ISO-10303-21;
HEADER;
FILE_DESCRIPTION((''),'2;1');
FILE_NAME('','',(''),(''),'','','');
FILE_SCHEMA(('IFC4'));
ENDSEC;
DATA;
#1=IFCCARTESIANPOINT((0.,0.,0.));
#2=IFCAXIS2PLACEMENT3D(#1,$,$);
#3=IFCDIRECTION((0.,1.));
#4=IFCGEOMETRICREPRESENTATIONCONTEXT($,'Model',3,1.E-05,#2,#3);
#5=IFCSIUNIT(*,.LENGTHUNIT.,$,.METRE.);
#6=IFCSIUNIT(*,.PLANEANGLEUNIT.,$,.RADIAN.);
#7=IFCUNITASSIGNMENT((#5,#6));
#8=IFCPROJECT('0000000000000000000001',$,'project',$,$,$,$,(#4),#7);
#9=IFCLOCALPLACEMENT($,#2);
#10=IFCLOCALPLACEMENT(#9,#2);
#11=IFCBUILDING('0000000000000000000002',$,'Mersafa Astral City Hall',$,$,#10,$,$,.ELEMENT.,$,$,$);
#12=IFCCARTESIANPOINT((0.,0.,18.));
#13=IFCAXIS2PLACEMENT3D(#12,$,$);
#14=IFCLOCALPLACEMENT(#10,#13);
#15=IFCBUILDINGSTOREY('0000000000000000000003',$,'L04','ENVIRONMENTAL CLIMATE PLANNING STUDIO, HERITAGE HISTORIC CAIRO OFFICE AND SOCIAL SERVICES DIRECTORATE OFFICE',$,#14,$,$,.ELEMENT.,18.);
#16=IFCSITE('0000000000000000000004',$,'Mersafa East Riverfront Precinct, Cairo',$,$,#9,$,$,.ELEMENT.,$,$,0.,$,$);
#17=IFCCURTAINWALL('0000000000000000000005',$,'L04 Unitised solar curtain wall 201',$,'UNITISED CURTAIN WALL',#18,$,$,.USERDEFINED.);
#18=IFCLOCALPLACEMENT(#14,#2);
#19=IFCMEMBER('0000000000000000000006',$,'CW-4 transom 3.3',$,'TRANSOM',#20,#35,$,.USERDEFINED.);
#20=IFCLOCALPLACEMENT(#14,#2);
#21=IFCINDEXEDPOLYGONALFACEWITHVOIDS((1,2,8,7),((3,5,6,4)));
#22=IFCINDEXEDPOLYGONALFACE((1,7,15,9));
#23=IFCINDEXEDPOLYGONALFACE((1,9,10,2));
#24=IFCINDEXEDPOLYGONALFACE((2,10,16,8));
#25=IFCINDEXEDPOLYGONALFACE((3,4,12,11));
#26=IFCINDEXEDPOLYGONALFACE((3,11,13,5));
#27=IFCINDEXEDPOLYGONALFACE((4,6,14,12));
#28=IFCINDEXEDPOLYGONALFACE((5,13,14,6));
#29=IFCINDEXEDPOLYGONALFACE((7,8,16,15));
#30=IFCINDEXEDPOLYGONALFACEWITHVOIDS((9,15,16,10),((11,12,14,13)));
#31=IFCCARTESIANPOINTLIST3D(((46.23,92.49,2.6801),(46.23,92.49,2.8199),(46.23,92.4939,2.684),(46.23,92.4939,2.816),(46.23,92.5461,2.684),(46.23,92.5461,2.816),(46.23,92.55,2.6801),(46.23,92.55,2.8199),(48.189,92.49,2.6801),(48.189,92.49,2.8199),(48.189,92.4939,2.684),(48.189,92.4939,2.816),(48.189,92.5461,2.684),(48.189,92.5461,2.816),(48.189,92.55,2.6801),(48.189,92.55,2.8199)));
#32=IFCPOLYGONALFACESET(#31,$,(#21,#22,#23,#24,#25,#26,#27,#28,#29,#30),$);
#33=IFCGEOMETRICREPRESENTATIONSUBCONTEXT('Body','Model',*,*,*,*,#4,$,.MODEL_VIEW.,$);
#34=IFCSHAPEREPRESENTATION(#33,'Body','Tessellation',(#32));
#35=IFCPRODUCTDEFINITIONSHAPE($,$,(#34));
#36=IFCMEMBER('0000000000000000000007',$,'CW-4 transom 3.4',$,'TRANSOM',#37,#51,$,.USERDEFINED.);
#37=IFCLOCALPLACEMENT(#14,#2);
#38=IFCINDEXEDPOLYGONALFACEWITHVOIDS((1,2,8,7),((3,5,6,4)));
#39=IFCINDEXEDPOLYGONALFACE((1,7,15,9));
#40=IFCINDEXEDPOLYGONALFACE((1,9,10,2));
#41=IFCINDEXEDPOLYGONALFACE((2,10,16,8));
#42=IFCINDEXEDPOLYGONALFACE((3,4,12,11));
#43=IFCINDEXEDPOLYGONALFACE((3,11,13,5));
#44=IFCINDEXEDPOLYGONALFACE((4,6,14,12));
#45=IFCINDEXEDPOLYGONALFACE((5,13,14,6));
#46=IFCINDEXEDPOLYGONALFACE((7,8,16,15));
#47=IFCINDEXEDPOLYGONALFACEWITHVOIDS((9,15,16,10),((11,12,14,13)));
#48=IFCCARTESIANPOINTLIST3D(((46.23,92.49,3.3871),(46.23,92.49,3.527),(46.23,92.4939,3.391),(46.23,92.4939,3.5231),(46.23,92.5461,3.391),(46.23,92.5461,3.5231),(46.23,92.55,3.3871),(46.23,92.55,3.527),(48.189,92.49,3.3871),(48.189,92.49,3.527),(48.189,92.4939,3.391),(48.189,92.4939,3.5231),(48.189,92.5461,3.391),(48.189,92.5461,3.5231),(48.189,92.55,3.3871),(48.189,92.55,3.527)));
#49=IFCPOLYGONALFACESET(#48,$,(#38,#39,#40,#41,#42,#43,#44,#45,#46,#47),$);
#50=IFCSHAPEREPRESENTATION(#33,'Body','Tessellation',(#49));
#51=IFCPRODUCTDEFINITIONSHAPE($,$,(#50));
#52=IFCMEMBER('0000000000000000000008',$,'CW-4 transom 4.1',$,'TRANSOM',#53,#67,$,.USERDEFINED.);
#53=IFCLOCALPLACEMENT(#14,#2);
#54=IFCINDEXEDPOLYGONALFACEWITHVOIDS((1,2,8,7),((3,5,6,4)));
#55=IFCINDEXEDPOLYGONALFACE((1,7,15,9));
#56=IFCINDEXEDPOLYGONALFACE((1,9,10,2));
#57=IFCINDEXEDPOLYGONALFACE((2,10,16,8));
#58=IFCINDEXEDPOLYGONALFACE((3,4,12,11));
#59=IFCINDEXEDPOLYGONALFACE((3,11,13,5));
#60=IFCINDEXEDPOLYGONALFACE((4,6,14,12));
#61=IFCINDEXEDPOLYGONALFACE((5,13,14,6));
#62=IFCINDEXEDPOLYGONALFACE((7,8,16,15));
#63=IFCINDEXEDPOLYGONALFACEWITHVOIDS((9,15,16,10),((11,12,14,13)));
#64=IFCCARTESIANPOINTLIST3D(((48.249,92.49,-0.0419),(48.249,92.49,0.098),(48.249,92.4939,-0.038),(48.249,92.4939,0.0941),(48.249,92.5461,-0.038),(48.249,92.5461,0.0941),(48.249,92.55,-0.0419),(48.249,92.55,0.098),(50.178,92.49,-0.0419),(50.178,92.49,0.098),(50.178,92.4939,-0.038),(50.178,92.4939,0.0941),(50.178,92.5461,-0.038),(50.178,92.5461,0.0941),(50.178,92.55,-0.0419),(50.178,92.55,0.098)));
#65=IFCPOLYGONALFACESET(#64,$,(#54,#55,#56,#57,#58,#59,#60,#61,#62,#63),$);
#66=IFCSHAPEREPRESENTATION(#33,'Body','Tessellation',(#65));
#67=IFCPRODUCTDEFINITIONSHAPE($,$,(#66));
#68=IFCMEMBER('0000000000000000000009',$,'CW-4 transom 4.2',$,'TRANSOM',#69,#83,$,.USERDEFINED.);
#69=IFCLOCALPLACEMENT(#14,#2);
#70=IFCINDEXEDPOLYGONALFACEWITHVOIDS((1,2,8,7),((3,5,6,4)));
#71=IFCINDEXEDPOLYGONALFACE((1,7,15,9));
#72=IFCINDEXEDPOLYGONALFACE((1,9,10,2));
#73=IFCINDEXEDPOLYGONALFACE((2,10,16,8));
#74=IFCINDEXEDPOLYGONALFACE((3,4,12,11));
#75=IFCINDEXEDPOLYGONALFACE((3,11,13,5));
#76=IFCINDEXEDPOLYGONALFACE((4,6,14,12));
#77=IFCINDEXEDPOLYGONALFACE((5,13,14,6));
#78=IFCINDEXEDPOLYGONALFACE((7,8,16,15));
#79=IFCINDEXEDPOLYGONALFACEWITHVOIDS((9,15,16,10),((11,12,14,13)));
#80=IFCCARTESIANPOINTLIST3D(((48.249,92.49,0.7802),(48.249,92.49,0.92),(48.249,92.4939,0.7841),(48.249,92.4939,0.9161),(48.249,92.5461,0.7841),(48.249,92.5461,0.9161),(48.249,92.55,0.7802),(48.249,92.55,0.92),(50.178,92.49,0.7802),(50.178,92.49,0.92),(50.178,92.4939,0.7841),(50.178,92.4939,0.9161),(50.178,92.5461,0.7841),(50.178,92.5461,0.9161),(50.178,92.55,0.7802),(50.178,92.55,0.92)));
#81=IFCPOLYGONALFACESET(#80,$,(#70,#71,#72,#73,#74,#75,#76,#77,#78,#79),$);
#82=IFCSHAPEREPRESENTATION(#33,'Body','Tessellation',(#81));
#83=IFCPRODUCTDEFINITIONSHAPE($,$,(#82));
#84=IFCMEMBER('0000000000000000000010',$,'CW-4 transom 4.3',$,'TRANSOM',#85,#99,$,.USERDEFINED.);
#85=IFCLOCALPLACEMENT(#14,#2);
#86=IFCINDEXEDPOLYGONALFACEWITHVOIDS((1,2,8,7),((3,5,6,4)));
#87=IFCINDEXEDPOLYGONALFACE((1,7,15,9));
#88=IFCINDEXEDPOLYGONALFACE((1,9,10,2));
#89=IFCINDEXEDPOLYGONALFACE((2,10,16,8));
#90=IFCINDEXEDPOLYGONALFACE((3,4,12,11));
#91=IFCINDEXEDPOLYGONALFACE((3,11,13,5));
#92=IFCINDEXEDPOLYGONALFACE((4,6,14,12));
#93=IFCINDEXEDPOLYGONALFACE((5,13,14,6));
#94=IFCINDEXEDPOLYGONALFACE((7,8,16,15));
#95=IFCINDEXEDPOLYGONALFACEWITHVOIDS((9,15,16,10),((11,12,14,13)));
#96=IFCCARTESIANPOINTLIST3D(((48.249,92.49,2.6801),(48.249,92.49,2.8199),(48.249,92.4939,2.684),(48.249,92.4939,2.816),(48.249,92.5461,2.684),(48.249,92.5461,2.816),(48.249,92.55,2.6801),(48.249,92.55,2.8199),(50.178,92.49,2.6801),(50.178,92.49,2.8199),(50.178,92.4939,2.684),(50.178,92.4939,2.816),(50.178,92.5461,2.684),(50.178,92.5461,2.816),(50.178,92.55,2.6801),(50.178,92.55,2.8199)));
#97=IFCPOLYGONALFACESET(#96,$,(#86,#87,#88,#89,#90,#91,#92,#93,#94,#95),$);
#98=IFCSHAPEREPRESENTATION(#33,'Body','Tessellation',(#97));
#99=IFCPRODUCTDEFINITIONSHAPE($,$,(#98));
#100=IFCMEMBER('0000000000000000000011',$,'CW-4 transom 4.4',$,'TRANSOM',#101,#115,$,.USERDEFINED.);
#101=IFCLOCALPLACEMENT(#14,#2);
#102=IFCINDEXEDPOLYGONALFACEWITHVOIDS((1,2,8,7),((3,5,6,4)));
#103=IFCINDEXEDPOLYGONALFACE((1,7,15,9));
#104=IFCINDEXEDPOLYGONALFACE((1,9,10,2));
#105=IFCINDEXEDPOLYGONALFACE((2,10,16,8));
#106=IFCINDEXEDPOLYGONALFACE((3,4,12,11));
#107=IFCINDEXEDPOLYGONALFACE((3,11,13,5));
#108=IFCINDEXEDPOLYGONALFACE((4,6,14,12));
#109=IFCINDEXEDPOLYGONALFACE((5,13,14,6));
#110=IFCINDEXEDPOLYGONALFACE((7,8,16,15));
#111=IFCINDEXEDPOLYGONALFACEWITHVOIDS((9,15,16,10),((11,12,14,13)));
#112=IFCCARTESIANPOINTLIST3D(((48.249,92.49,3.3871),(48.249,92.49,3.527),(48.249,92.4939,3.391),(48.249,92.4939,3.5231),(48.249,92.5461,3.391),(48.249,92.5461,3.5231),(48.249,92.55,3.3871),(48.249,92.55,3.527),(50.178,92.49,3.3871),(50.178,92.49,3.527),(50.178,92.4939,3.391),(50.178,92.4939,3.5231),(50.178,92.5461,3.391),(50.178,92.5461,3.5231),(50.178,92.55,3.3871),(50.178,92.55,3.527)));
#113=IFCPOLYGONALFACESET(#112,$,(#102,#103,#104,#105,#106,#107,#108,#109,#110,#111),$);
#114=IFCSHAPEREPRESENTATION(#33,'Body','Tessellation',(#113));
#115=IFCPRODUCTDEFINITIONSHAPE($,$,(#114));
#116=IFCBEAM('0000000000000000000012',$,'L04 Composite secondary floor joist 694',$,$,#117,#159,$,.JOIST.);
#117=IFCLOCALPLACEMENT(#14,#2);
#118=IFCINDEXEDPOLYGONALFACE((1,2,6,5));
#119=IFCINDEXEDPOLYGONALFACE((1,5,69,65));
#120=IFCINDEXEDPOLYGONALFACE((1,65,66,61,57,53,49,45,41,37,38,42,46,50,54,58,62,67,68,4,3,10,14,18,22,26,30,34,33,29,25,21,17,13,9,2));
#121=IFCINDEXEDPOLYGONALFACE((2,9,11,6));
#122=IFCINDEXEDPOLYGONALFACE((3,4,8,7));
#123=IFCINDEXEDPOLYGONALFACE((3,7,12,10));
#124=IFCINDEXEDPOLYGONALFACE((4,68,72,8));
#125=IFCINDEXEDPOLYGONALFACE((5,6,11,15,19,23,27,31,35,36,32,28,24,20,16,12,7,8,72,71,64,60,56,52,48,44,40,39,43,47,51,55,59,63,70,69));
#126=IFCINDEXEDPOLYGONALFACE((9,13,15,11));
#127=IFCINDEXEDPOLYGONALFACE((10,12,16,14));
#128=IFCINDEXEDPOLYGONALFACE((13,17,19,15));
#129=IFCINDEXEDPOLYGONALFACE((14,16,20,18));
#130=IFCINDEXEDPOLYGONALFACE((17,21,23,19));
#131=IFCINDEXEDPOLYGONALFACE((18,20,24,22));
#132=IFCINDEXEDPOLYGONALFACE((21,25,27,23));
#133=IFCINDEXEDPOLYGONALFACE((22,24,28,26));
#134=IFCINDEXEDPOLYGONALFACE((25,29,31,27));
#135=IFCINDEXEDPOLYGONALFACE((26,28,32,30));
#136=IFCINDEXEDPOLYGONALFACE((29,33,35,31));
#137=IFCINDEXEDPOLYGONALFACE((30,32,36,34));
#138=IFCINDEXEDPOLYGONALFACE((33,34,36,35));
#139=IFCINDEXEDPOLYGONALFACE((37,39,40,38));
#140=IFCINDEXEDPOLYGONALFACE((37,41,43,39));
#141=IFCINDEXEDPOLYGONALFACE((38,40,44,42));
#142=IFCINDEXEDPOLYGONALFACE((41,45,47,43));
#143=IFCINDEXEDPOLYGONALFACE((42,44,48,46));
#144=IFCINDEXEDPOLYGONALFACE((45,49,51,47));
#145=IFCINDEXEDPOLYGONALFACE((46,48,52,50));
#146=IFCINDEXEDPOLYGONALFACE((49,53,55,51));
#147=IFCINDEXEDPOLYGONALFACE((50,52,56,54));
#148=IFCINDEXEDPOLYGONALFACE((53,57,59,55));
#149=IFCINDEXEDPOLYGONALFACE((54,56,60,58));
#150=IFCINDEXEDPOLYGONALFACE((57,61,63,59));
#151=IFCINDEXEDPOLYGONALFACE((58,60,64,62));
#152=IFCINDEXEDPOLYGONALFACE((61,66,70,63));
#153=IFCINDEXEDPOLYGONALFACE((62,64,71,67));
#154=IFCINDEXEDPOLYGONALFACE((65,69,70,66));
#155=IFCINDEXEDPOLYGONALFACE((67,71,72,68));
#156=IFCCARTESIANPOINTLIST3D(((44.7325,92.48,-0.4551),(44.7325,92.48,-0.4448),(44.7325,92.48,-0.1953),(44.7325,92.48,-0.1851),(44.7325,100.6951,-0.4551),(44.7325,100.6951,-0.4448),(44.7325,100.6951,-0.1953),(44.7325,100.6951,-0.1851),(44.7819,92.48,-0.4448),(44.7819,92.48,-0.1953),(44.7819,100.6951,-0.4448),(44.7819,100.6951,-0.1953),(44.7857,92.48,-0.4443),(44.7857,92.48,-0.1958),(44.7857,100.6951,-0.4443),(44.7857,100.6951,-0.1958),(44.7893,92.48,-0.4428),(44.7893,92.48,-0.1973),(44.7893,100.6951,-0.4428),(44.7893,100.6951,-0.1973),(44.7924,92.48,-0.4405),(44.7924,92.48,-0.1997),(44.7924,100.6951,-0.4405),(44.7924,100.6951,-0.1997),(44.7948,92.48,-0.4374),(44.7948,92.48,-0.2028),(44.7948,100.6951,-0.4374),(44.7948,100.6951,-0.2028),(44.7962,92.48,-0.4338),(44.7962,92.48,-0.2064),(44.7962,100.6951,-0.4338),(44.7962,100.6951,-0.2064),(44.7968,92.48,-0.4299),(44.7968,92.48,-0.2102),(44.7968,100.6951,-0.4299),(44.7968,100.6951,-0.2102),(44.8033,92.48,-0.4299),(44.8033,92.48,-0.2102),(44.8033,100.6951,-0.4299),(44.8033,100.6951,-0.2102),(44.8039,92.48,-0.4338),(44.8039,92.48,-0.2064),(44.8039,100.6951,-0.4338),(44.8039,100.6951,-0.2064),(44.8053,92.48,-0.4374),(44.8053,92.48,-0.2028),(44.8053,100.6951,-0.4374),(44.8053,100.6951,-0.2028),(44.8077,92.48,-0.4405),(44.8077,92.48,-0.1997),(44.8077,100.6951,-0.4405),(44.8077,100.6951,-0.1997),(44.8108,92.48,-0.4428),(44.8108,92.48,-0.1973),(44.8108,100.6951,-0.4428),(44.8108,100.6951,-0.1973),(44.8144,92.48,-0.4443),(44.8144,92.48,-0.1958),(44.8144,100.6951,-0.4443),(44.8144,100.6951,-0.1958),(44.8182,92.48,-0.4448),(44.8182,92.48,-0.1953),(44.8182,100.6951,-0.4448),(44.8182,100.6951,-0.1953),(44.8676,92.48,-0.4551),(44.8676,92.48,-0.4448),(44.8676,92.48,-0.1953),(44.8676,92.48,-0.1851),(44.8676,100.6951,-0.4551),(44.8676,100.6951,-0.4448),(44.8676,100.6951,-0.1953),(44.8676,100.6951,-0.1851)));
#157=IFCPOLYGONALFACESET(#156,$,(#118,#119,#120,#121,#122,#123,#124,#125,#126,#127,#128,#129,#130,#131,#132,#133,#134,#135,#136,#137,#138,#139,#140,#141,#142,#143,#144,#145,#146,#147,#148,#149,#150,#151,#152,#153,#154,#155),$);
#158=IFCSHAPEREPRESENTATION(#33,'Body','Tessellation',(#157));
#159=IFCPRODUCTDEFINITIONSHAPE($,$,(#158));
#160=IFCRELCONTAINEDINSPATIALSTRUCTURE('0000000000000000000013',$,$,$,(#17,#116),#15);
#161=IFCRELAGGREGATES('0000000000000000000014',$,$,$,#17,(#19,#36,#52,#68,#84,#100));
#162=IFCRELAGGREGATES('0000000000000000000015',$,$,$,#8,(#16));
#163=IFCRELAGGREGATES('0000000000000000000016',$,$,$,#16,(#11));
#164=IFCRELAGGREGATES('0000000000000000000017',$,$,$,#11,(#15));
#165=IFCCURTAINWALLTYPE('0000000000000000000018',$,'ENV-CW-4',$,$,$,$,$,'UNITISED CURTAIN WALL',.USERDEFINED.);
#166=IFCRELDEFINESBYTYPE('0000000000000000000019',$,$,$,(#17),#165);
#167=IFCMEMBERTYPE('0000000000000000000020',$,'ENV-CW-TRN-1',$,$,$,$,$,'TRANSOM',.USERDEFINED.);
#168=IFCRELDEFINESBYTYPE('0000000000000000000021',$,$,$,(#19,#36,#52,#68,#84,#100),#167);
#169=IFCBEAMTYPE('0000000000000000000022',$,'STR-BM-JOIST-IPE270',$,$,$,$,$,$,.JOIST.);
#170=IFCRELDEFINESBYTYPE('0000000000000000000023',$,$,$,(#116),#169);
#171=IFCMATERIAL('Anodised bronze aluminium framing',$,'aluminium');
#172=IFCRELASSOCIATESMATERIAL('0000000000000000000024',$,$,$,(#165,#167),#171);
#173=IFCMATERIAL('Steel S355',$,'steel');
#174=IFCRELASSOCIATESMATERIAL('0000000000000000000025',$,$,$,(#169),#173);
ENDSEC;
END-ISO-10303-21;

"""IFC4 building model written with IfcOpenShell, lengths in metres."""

from ifc_helpers import new_model, si_unit, direction, frame, origin, origin_2d, place, context, subcontext, project, spatial, hollow_rectangle, i_section, extrude, material, material_profile, profile_set, type_object, element, aggregate, save


model = new_model("IFC4")

# Units and contexts
model_context = context("Model", 3, precision=1e-05, world=origin(), true_north=direction((0.0, 1.0)))
body_context = subcontext(model_context, "Body", "Model", "MODEL_VIEW")
ifc_project = project(units=[si_unit("LENGTHUNIT", "METRE"), si_unit("PLANEANGLEUNIT", "RADIAN")], contexts=[model_context])

# Site, building, storey
site_placement = place(None, origin())
site = spatial("IfcSite", under=ifc_project, at=site_placement, Name="Mersafa East Riverfront Precinct, Cairo", CompositionType="ELEMENT", RefElevation=0.0)
building_placement = place(site_placement, origin())
building = spatial("IfcBuilding", under=site, at=building_placement, Name="Mersafa Astral City Hall", CompositionType="ELEMENT")
storey_placement = place(building_placement, frame((0.0, 0.0, 18.0)))
storey = spatial("IfcBuildingStorey", under=building, at=storey_placement, Name="L04", Description="ENVIRONMENTAL CLIMATE PLANNING STUDIO, HERITAGE HISTORIC CAIRO OFFICE AND SOCIAL SERVICES DIRECTORATE OFFICE", CompositionType="ELEMENT", Elevation=18.0)

# Curtain wall
ifc_material_1 = material(Name="Anodised bronze aluminium framing", Category="aluminium")
curtain_wall_type_1 = type_object("IfcCurtainWallType", Name="ENV-CW-4", ElementType="UNITISED CURTAIN WALL", PredefinedType="USERDEFINED", material=ifc_material_1)
curtain_wall_1_placement = place(storey_placement, origin())
curtain_wall_1 = element("IfcCurtainWall", 1, at=curtain_wall_1_placement, inside=storey, type_object=curtain_wall_type_1, Name="L04 Unitised solar curtain wall 201", ObjectType="UNITISED CURTAIN WALL", PredefinedType="USERDEFINED")

# Members
ifc_material_profile_1 = material_profile(ifc_material_1, hollow_rectangle(XDim=0.0601, YDim=0.1399, WallThickness=0.0039, at=origin_2d()), Name="RHS 60x140x4")
ifc_profile_set_1 = profile_set([ifc_material_profile_1], Name="Anodised bronze aluminium framing")
member_type_1 = type_object("IfcMemberType", Name="ENV-CW-TRN-1", ElementType="TRANSOM", PredefinedType="USERDEFINED", material=ifc_profile_set_1)
member_1_placement = place(storey_placement, frame((46.23, 92.52, 2.75), z_axis=(1.0, 0.0, 0.0), x_axis=(0.0, 1.0, 0.0)))
member_1 = element("IfcMember", 2, at=member_1_placement, type_object=member_type_1, Name="CW-4 transom 3.3", ObjectType="TRANSOM", PredefinedType="USERDEFINED", context=body_context, shape_type="SweptSolid", body=[
    extrude(hollow_rectangle(XDim=0.0601, YDim=0.1399, WallThickness=0.0039, at=origin_2d()), origin(), (0.0, 0.0, 1.0), 1.959),
])
member_2_placement = place(storey_placement, frame((46.23, 92.52, 3.457), z_axis=(1.0, 0.0, 0.0), x_axis=(0.0, 1.0, 0.0)))
member_2 = element("IfcMember", 3, at=member_2_placement, type_object=member_type_1, Name="CW-4 transom 3.4", ObjectType="TRANSOM", PredefinedType="USERDEFINED", context=body_context, shape_type="SweptSolid", body=[
    extrude(hollow_rectangle(XDim=0.0601, YDim=0.1399, WallThickness=0.0039, at=origin_2d()), origin(), (0.0, 0.0, 1.0), 1.959),
])
member_3_placement = place(storey_placement, frame((48.249, 92.52, 0.0281), z_axis=(1.0, 0.0, 0.0), x_axis=(0.0, 1.0, 0.0)))
member_3 = element("IfcMember", 4, at=member_3_placement, type_object=member_type_1, Name="CW-4 transom 4.1", ObjectType="TRANSOM", PredefinedType="USERDEFINED", context=body_context, shape_type="SweptSolid", body=[
    extrude(hollow_rectangle(XDim=0.0601, YDim=0.1399, WallThickness=0.0039, at=origin_2d()), origin(), (0.0, 0.0, 1.0), 1.929),
])
member_4_placement = place(storey_placement, frame((48.249, 92.52, 0.8501), z_axis=(1.0, 0.0, 0.0), x_axis=(0.0, 1.0, 0.0)))
member_4 = element("IfcMember", 5, at=member_4_placement, type_object=member_type_1, Name="CW-4 transom 4.2", ObjectType="TRANSOM", PredefinedType="USERDEFINED", context=body_context, shape_type="SweptSolid", body=[
    extrude(hollow_rectangle(XDim=0.0601, YDim=0.1399, WallThickness=0.0039, at=origin_2d()), origin(), (0.0, 0.0, 1.0), 1.929),
])
member_5_placement = place(storey_placement, frame((48.249, 92.52, 2.75), z_axis=(1.0, 0.0, 0.0), x_axis=(0.0, 1.0, 0.0)))
member_5 = element("IfcMember", 6, at=member_5_placement, type_object=member_type_1, Name="CW-4 transom 4.3", ObjectType="TRANSOM", PredefinedType="USERDEFINED", context=body_context, shape_type="SweptSolid", body=[
    extrude(hollow_rectangle(XDim=0.0601, YDim=0.1399, WallThickness=0.0039, at=origin_2d()), origin(), (0.0, 0.0, 1.0), 1.929),
])
member_6_placement = place(storey_placement, frame((48.249, 92.52, 3.457), z_axis=(1.0, 0.0, 0.0), x_axis=(0.0, 1.0, 0.0)))
member_6 = element("IfcMember", 7, at=member_6_placement, type_object=member_type_1, Name="CW-4 transom 4.4", ObjectType="TRANSOM", PredefinedType="USERDEFINED", context=body_context, shape_type="SweptSolid", body=[
    extrude(hollow_rectangle(XDim=0.0601, YDim=0.1399, WallThickness=0.0039, at=origin_2d()), origin(), (0.0, 0.0, 1.0), 1.929),
])

# Beam
ifc_material_2 = material(Name="Steel S355", Category="steel")
ifc_material_profile_2 = material_profile(ifc_material_2, i_section(OverallWidth=0.135, OverallDepth=0.27, WebThickness=0.0066, FlangeThickness=0.0103, FilletRadius=0.0149, at=origin_2d()), Name="IPE 270")
ifc_profile_set_2 = profile_set([ifc_material_profile_2], Name="Steel S355")
beam_type = type_object("IfcBeamType", Name="STR-BM-JOIST-IPE270", PredefinedType="JOIST", material=ifc_profile_set_2)
for number, where, z_axis, x_axis, name in (
    (8, (44.8, 92.48, -0.3201), (0.0, 1.0, 0.0), (-1.0, 0.0, 0.0), "L04 Composite secondary floor joist 694"),
):
    element("IfcBeam", number, at=place(storey_placement, frame(where, z_axis=z_axis, x_axis=x_axis)), inside=storey, type_object=beam_type, Name=name, PredefinedType="JOIST", context=body_context, shape_type="SweptSolid", body=[
        extrude(i_section(OverallWidth=0.135, OverallDepth=0.27, WebThickness=0.0066, FlangeThickness=0.0103, FilletRadius=0.0149, at=origin_2d()), origin(), (0.0, 0.0, 1.0), 8.2151),
    ])

aggregate(curtain_wall_1, [member_1, member_2, member_3, member_4, member_5, member_6])

save(model, "model.ifc")
